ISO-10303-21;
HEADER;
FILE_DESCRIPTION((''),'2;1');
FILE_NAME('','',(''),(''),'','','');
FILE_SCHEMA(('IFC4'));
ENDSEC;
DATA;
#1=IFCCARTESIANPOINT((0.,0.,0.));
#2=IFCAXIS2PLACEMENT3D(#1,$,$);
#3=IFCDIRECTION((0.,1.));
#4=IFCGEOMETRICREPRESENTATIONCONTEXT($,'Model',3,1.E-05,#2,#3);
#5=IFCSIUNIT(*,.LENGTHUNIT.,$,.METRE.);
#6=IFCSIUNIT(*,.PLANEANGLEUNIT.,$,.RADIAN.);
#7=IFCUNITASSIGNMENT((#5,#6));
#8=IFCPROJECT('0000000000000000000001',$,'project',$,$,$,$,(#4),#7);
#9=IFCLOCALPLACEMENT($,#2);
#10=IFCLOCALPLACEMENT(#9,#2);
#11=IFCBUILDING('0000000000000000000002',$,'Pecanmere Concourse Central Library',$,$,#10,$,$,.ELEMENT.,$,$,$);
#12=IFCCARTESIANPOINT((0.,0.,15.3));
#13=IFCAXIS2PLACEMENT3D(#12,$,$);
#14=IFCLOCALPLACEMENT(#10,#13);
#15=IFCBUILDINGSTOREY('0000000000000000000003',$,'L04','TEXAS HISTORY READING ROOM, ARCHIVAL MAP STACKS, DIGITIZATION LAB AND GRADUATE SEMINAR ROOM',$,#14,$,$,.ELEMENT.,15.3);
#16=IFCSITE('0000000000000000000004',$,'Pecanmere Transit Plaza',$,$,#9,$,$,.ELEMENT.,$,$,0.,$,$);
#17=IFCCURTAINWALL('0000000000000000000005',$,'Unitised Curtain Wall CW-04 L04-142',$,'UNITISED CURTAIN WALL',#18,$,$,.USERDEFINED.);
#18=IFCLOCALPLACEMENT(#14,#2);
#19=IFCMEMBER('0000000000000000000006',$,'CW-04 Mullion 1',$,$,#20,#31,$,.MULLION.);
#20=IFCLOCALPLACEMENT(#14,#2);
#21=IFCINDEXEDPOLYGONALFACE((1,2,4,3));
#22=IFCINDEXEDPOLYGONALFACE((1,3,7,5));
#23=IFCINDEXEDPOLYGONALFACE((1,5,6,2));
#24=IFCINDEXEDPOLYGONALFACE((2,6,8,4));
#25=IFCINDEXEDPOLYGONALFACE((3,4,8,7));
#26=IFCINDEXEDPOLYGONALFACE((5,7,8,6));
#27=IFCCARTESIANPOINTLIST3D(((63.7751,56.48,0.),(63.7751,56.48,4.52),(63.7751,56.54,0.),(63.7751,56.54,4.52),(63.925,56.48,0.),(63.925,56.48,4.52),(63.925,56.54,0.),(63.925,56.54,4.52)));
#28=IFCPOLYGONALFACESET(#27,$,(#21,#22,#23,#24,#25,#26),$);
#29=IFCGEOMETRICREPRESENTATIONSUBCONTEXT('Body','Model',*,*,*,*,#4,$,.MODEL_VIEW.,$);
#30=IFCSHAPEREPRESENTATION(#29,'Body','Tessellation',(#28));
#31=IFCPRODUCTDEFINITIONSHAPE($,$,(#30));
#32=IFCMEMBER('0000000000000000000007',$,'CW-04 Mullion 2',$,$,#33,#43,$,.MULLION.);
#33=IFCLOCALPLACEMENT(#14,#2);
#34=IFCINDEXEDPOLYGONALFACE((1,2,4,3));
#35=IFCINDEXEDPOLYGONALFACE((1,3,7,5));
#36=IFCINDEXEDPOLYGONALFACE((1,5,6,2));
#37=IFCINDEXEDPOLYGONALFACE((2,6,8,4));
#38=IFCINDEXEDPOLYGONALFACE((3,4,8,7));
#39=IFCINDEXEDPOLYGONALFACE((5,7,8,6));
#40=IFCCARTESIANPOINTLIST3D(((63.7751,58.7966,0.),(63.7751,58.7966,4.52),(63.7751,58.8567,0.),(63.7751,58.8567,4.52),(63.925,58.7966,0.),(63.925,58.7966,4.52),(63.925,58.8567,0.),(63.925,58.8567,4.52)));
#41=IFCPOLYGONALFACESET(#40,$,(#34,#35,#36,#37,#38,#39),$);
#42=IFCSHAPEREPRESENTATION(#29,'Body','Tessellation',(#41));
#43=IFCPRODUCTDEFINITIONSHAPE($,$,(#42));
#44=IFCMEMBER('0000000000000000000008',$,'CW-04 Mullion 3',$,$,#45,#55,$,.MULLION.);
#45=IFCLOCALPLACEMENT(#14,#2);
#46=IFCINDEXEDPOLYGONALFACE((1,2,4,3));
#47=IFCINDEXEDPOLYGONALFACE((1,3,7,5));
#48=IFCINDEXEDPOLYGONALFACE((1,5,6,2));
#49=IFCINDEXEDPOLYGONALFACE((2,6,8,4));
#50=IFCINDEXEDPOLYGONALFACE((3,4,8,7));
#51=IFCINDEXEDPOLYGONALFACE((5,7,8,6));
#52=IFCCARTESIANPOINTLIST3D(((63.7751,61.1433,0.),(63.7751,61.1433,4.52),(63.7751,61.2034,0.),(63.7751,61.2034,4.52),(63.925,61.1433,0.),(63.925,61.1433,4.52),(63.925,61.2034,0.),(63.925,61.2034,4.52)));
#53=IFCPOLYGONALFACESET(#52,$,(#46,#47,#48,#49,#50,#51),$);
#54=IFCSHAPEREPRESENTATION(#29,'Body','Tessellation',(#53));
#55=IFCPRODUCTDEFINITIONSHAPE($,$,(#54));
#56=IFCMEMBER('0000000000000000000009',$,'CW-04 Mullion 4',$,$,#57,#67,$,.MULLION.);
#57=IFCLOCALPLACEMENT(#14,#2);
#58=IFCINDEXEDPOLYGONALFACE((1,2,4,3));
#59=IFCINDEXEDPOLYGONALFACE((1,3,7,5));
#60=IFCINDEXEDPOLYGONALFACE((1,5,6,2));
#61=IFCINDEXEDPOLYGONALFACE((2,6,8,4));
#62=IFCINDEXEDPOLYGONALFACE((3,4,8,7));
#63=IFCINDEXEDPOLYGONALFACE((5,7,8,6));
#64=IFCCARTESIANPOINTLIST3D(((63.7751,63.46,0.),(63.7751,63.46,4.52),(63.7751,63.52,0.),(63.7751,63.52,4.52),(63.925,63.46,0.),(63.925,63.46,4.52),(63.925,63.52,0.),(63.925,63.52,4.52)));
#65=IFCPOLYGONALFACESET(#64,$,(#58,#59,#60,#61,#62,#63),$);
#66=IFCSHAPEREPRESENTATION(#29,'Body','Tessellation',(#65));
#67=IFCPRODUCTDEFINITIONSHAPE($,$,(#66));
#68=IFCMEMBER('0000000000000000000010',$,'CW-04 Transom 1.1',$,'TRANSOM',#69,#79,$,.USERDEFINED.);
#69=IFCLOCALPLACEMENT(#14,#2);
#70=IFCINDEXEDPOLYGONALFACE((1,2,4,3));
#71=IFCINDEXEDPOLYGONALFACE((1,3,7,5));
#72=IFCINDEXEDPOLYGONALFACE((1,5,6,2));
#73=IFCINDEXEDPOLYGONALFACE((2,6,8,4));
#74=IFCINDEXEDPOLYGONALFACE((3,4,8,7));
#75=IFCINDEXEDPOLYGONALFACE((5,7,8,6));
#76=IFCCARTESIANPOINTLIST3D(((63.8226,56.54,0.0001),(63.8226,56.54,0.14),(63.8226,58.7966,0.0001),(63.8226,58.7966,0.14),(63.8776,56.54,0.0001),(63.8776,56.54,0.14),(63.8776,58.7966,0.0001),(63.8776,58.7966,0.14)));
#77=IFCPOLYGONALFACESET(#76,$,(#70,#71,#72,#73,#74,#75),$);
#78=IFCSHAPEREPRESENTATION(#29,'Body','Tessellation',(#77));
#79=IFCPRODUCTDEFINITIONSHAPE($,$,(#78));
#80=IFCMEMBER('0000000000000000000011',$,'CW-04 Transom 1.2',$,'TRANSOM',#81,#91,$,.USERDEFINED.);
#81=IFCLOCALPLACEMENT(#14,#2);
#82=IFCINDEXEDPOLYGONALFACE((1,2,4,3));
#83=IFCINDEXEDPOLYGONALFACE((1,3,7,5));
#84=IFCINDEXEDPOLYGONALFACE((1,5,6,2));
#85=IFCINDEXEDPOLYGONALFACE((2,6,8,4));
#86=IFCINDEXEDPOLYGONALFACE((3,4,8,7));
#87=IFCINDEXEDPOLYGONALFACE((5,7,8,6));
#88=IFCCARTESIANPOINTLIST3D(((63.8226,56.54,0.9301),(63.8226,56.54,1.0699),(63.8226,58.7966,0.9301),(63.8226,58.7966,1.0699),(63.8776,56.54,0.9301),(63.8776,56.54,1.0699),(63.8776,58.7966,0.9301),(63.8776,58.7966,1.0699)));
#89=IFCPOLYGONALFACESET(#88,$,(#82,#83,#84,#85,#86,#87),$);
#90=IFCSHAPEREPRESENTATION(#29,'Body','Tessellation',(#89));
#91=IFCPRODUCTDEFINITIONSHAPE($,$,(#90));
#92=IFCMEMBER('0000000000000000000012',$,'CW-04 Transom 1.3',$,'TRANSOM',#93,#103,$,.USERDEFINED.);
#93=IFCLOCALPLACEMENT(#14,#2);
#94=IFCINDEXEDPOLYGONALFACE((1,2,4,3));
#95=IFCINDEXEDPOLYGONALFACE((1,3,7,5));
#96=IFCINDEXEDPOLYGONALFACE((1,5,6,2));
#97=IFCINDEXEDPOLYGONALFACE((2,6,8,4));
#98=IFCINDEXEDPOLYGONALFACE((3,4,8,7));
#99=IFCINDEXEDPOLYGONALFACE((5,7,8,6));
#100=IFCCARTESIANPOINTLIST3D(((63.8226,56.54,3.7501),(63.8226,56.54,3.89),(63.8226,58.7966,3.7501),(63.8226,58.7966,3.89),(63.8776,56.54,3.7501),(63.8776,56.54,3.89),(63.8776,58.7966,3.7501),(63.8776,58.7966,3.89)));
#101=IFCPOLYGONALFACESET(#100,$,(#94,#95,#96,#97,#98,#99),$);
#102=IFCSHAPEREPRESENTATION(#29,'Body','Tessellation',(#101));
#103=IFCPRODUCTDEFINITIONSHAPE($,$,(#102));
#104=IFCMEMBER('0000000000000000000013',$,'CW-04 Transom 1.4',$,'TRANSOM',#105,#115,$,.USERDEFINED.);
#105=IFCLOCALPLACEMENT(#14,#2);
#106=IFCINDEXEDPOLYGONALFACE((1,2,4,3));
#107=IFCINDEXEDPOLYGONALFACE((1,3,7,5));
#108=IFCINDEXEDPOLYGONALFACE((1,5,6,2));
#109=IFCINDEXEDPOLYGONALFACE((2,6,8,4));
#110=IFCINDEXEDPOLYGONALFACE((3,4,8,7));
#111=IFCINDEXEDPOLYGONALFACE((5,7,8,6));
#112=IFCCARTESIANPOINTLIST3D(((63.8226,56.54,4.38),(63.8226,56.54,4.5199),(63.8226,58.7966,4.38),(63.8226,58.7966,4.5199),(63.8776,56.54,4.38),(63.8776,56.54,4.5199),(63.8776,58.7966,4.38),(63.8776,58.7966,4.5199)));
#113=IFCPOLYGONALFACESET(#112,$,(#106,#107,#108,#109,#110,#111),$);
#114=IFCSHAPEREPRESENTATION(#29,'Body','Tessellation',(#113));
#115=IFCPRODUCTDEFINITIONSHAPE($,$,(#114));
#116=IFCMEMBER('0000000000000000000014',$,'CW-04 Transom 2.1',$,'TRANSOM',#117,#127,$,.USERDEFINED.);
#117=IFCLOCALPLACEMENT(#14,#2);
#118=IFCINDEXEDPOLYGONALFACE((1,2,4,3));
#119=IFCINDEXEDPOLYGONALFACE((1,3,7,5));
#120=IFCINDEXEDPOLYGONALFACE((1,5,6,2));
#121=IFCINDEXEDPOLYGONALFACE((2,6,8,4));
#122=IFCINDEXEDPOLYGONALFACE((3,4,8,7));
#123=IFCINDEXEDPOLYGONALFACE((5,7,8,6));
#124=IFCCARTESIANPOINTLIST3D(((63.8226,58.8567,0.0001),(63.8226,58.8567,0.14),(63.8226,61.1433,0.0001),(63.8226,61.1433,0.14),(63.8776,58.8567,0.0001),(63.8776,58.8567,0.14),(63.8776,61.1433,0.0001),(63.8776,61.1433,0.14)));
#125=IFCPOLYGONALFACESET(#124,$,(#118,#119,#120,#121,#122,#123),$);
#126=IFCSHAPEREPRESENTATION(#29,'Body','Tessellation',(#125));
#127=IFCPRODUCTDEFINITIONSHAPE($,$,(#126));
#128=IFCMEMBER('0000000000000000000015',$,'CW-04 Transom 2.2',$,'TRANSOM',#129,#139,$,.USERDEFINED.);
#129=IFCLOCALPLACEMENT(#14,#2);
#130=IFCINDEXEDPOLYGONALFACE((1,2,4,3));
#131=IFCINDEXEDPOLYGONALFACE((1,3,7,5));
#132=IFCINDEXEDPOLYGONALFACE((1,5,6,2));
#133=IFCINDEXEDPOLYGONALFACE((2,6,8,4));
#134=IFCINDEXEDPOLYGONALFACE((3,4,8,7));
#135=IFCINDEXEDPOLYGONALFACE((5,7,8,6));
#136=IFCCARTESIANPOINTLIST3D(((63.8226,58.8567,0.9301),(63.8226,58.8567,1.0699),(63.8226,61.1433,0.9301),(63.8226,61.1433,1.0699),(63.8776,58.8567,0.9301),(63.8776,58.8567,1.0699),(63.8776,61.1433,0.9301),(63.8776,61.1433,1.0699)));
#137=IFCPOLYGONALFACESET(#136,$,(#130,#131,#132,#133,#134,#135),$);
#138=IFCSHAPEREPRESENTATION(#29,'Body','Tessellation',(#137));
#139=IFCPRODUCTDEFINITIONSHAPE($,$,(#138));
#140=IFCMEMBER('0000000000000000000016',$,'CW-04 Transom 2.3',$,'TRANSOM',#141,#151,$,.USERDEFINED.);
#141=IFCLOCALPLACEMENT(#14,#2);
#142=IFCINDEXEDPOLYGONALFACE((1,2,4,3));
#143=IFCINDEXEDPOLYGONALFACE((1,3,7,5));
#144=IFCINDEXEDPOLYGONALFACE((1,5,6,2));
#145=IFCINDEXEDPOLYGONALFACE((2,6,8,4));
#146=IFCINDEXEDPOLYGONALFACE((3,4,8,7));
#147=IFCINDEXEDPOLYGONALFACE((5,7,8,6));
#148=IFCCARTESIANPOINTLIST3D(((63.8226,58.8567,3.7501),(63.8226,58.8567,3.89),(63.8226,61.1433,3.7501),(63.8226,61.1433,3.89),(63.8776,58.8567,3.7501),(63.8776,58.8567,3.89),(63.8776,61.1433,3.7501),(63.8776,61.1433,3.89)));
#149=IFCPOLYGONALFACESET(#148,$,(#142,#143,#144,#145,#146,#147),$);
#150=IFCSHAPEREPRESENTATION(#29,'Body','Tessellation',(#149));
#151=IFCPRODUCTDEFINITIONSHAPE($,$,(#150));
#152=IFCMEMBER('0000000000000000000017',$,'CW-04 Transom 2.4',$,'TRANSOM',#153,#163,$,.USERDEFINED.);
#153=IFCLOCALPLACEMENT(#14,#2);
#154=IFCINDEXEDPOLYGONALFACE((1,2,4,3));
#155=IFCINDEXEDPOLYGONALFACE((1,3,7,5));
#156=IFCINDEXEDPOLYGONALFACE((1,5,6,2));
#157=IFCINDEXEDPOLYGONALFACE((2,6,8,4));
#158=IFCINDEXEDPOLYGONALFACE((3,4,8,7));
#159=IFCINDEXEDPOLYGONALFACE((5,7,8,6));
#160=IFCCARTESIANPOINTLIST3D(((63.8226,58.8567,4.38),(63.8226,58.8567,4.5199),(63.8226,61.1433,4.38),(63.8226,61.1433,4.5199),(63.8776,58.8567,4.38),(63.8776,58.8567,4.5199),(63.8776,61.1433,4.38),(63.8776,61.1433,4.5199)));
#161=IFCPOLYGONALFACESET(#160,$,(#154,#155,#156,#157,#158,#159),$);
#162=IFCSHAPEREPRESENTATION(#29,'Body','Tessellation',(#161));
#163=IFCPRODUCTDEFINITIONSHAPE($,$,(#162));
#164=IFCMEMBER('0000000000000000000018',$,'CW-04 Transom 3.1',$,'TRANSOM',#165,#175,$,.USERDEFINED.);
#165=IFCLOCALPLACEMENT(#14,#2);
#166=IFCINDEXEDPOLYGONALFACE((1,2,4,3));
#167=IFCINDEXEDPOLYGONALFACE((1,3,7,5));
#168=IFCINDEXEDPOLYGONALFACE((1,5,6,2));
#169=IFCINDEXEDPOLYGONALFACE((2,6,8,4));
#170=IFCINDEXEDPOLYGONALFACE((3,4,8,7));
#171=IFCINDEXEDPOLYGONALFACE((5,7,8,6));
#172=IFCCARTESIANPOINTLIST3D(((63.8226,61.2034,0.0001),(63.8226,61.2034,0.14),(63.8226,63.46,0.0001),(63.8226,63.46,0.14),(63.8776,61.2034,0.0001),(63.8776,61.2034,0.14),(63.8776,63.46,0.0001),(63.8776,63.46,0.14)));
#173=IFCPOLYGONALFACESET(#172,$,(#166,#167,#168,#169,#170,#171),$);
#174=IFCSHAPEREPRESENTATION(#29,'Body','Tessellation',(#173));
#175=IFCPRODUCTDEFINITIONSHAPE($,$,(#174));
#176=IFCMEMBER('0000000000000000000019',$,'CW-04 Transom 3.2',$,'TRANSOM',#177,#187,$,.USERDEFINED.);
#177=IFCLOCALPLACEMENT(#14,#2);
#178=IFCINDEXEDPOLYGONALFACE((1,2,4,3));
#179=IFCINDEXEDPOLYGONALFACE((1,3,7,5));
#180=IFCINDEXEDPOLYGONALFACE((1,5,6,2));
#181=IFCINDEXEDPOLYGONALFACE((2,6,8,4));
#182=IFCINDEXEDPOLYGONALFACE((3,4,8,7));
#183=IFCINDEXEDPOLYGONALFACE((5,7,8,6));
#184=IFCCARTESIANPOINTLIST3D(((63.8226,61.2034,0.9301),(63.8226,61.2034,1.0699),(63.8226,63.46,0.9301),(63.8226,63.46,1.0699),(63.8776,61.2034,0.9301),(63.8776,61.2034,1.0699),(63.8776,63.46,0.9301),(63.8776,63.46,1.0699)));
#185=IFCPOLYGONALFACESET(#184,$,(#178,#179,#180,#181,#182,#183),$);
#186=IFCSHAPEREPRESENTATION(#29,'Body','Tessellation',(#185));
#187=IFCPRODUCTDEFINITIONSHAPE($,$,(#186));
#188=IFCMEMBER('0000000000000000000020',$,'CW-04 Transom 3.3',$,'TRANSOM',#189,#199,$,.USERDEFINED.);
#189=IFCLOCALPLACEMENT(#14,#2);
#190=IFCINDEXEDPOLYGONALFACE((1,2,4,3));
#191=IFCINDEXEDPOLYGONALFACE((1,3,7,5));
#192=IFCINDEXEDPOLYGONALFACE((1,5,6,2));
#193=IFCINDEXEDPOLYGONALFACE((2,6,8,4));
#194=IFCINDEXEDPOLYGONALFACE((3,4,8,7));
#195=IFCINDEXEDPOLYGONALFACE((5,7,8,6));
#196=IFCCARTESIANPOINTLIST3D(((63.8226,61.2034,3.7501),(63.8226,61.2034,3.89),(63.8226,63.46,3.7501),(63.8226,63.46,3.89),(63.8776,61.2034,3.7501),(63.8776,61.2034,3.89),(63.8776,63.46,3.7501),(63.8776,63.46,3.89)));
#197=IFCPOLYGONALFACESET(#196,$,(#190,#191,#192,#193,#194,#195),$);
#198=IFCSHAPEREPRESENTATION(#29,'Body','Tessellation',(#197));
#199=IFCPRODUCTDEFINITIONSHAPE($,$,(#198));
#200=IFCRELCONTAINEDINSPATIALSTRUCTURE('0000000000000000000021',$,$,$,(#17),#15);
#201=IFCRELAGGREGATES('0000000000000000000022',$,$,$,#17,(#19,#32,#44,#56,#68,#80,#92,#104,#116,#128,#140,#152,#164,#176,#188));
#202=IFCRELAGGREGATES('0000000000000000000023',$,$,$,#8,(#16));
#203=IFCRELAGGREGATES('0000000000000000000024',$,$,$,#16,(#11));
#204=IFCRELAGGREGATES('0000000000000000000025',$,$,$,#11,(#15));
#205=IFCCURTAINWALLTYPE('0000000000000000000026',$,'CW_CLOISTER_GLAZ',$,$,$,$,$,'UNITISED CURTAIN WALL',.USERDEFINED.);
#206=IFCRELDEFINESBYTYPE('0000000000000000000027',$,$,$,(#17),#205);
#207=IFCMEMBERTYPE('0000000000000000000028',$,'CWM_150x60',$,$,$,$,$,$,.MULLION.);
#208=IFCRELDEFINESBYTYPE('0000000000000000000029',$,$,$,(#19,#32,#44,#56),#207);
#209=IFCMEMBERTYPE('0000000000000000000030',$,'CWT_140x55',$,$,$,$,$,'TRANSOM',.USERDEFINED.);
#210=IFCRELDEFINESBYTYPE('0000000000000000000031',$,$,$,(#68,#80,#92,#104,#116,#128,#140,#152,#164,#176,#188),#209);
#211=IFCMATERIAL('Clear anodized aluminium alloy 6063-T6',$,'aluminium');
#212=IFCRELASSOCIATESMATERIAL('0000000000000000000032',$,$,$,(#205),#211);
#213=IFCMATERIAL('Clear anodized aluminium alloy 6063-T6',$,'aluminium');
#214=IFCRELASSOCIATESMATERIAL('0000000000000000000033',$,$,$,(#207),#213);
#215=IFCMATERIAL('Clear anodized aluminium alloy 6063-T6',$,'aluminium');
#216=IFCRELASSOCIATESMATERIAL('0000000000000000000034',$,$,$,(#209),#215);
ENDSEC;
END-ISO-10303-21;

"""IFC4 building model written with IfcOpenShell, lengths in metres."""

from ifc_helpers import new_model, si_unit, direction, frame, origin, origin_2d, place, context, subcontext, project, spatial, rectangle, extrude, material, material_profile, profile_set, type_object, element, aggregate, save


model = new_model("IFC4")

# Units and contexts
model_context = context("Model", 3, precision=1e-05, world=origin(), true_north=direction((0.0, 1.0)))
body_context = subcontext(model_context, "Body", "Model", "MODEL_VIEW")
ifc_project = project(units=[si_unit("LENGTHUNIT", "METRE"), si_unit("PLANEANGLEUNIT", "RADIAN")], contexts=[model_context])

# Site, building, storey
site_placement = place(None, origin())
site = spatial("IfcSite", under=ifc_project, at=site_placement, Name="Pecanmere Transit Plaza", CompositionType="ELEMENT", RefElevation=0.0)
building_placement = place(site_placement, origin())
building = spatial("IfcBuilding", under=site, at=building_placement, Name="Pecanmere Concourse Central Library", CompositionType="ELEMENT")
storey_placement = place(building_placement, frame((0.0, 0.0, 15.3)))
storey = spatial("IfcBuildingStorey", under=building, at=storey_placement, Name="L04", Description="TEXAS HISTORY READING ROOM, ARCHIVAL MAP STACKS, DIGITIZATION LAB AND GRADUATE SEMINAR ROOM", CompositionType="ELEMENT", Elevation=15.3)

# Curtain wall, members
ifc_material_1 = material(Name="Clear anodized aluminium alloy 6063-T6", Category="aluminium")
curtain_wall_type = type_object("IfcCurtainWallType", Name="CW_CLOISTER_GLAZ", ElementType="UNITISED CURTAIN WALL", PredefinedType="USERDEFINED", material=ifc_material_1)
curtain_wall_placement = place(storey_placement, origin())
curtain_wall = element("IfcCurtainWall", 1, at=curtain_wall_placement, inside=storey, type_object=curtain_wall_type, Name="Unitised Curtain Wall CW-04 L04-142", ObjectType="UNITISED CURTAIN WALL", PredefinedType="USERDEFINED")
ifc_material_2 = material(Name="Clear anodized aluminium alloy 6063-T6", Category="aluminium")
ifc_material_profile_1 = material_profile(ifc_material_2, rectangle(XDim=0.0601, YDim=0.1499, at=origin_2d()), Name="AL 60x150")
ifc_profile_set_1 = profile_set([ifc_material_profile_1], Name="Clear anodized aluminium alloy 6063-T6")
member_type_1 = type_object("IfcMemberType", Name="CWM_150x60", PredefinedType="MULLION", material=ifc_profile_set_1)
member_1_placement = place(storey_placement, frame((63.8501, 56.51, 0.0), z_axis=(0.0, 0.0, 1.0), x_axis=(0.0, 1.0, 0.0)))
member_1 = element("IfcMember", 2, at=member_1_placement, type_object=member_type_1, Name="CW-04 Mullion 1", PredefinedType="MULLION", context=body_context, shape_type="SweptSolid", body=[
    extrude(rectangle(XDim=0.0601, YDim=0.1499, at=origin_2d()), origin(), (0.0, 0.0, 1.0), 4.52),
])
member_2_placement = place(storey_placement, frame((63.8501, 58.8267, 0.0), z_axis=(0.0, 0.0, 1.0), x_axis=(0.0, 1.0, 0.0)))
member_2 = element("IfcMember", 3, at=member_2_placement, type_object=member_type_1, Name="CW-04 Mullion 2", PredefinedType="MULLION", context=body_context, shape_type="SweptSolid", body=[
    extrude(rectangle(XDim=0.0601, YDim=0.1499, at=origin_2d()), origin(), (0.0, 0.0, 1.0), 4.52),
])
member_3_placement = place(storey_placement, frame((63.8501, 61.1733, 0.0), z_axis=(0.0, 0.0, 1.0), x_axis=(0.0, 1.0, 0.0)))
member_3 = element("IfcMember", 4, at=member_3_placement, type_object=member_type_1, Name="CW-04 Mullion 3", PredefinedType="MULLION", context=body_context, shape_type="SweptSolid", body=[
    extrude(rectangle(XDim=0.0601, YDim=0.1499, at=origin_2d()), origin(), (0.0, 0.0, 1.0), 4.52),
])
member_4_placement = place(storey_placement, frame((63.8501, 63.49, 0.0), z_axis=(0.0, 0.0, 1.0), x_axis=(0.0, 1.0, 0.0)))
member_4 = element("IfcMember", 5, at=member_4_placement, type_object=member_type_1, Name="CW-04 Mullion 4", PredefinedType="MULLION", context=body_context, shape_type="SweptSolid", body=[
    extrude(rectangle(XDim=0.0601, YDim=0.1499, at=origin_2d()), origin(), (0.0, 0.0, 1.0), 4.52),
])
ifc_material_3 = material(Name="Clear anodized aluminium alloy 6063-T6", Category="aluminium")
ifc_material_profile_2 = material_profile(ifc_material_3, rectangle(XDim=0.0549, YDim=0.1399, at=origin_2d()), Name="AL 55x140")
ifc_profile_set_2 = profile_set([ifc_material_profile_2], Name="Clear anodized aluminium alloy 6063-T6")
member_type_2 = type_object("IfcMemberType", Name="CWT_140x55", ElementType="TRANSOM", PredefinedType="USERDEFINED", material=ifc_profile_set_2)
member_5_placement = place(storey_placement, frame((63.8501, 56.54, 0.0701), z_axis=(0.0, 1.0, 0.0), x_axis=(-1.0, 0.0, 0.0)))
member_5 = element("IfcMember", 6, at=member_5_placement, type_object=member_type_2, Name="CW-04 Transom 1.1", ObjectType="TRANSOM", PredefinedType="USERDEFINED", context=body_context, shape_type="SweptSolid", body=[
    extrude(rectangle(XDim=0.0549, YDim=0.1399, at=origin_2d()), origin(), (0.0, 0.0, 1.0), 2.2566),
])
member_6_placement = place(storey_placement, frame((63.8501, 56.54, 1.0), z_axis=(0.0, 1.0, 0.0), x_axis=(-1.0, 0.0, 0.0)))
member_6 = element("IfcMember", 7, at=member_6_placement, type_object=member_type_2, Name="CW-04 Transom 1.2", ObjectType="TRANSOM", PredefinedType="USERDEFINED", context=body_context, shape_type="SweptSolid", body=[
    extrude(rectangle(XDim=0.0549, YDim=0.1399, at=origin_2d()), origin(), (0.0, 0.0, 1.0), 2.2566),
])
member_7_placement = place(storey_placement, frame((63.8501, 56.54, 3.8201), z_axis=(0.0, 1.0, 0.0), x_axis=(-1.0, 0.0, 0.0)))
member_7 = element("IfcMember", 8, at=member_7_placement, type_object=member_type_2, Name="CW-04 Transom 1.3", ObjectType="TRANSOM", PredefinedType="USERDEFINED", context=body_context, shape_type="SweptSolid", body=[
    extrude(rectangle(XDim=0.0549, YDim=0.1399, at=origin_2d()), origin(), (0.0, 0.0, 1.0), 2.2566),
])
member_8_placement = place(storey_placement, frame((63.8501, 56.54, 4.45), z_axis=(0.0, 1.0, 0.0), x_axis=(-1.0, 0.0, 0.0)))
member_8 = element("IfcMember", 9, at=member_8_placement, type_object=member_type_2, Name="CW-04 Transom 1.4", ObjectType="TRANSOM", PredefinedType="USERDEFINED", context=body_context, shape_type="SweptSolid", body=[
    extrude(rectangle(XDim=0.0549, YDim=0.1399, at=origin_2d()), origin(), (0.0, 0.0, 1.0), 2.2566),
])
member_9_placement = place(storey_placement, frame((63.8501, 58.8567, 0.0701), z_axis=(0.0, 1.0, 0.0), x_axis=(-1.0, 0.0, 0.0)))
member_9 = element("IfcMember", 10, at=member_9_placement, type_object=member_type_2, Name="CW-04 Transom 2.1", ObjectType="TRANSOM", PredefinedType="USERDEFINED", context=body_context, shape_type="SweptSolid", body=[
    extrude(rectangle(XDim=0.0549, YDim=0.1399, at=origin_2d()), origin(), (0.0, 0.0, 1.0), 2.2866),
])
member_10_placement = place(storey_placement, frame((63.8501, 58.8567, 1.0), z_axis=(0.0, 1.0, 0.0), x_axis=(-1.0, 0.0, 0.0)))
member_10 = element("IfcMember", 11, at=member_10_placement, type_object=member_type_2, Name="CW-04 Transom 2.2", ObjectType="TRANSOM", PredefinedType="USERDEFINED", context=body_context, shape_type="SweptSolid", body=[
    extrude(rectangle(XDim=0.0549, YDim=0.1399, at=origin_2d()), origin(), (0.0, 0.0, 1.0), 2.2866),
])
member_11_placement = place(storey_placement, frame((63.8501, 58.8567, 3.8201), z_axis=(0.0, 1.0, 0.0), x_axis=(-1.0, 0.0, 0.0)))
member_11 = element("IfcMember", 12, at=member_11_placement, type_object=member_type_2, Name="CW-04 Transom 2.3", ObjectType="TRANSOM", PredefinedType="USERDEFINED", context=body_context, shape_type="SweptSolid", body=[
    extrude(rectangle(XDim=0.0549, YDim=0.1399, at=origin_2d()), origin(), (0.0, 0.0, 1.0), 2.2866),
])
member_12_placement = place(storey_placement, frame((63.8501, 58.8567, 4.45), z_axis=(0.0, 1.0, 0.0), x_axis=(-1.0, 0.0, 0.0)))
member_12 = element("IfcMember", 13, at=member_12_placement, type_object=member_type_2, Name="CW-04 Transom 2.4", ObjectType="TRANSOM", PredefinedType="USERDEFINED", context=body_context, shape_type="SweptSolid", body=[
    extrude(rectangle(XDim=0.0549, YDim=0.1399, at=origin_2d()), origin(), (0.0, 0.0, 1.0), 2.2866),
])
member_13_placement = place(storey_placement, frame((63.8501, 61.2034, 0.0701), z_axis=(0.0, 1.0, 0.0), x_axis=(-1.0, 0.0, 0.0)))
member_13 = element("IfcMember", 14, at=member_13_placement, type_object=member_type_2, Name="CW-04 Transom 3.1", ObjectType="TRANSOM", PredefinedType="USERDEFINED", context=body_context, shape_type="SweptSolid", body=[
    extrude(rectangle(XDim=0.0549, YDim=0.1399, at=origin_2d()), origin(), (0.0, 0.0, 1.0), 2.2566),
])
member_14_placement = place(storey_placement, frame((63.8501, 61.2034, 1.0), z_axis=(0.0, 1.0, 0.0), x_axis=(-1.0, 0.0, 0.0)))
member_14 = element("IfcMember", 15, at=member_14_placement, type_object=member_type_2, Name="CW-04 Transom 3.2", ObjectType="TRANSOM", PredefinedType="USERDEFINED", context=body_context, shape_type="SweptSolid", body=[
    extrude(rectangle(XDim=0.0549, YDim=0.1399, at=origin_2d()), origin(), (0.0, 0.0, 1.0), 2.2566),
])
member_15_placement = place(storey_placement, frame((63.8501, 61.2034, 3.8201), z_axis=(0.0, 1.0, 0.0), x_axis=(-1.0, 0.0, 0.0)))
member_15 = element("IfcMember", 16, at=member_15_placement, type_object=member_type_2, Name="CW-04 Transom 3.3", ObjectType="TRANSOM", PredefinedType="USERDEFINED", context=body_context, shape_type="SweptSolid", body=[
    extrude(rectangle(XDim=0.0549, YDim=0.1399, at=origin_2d()), origin(), (0.0, 0.0, 1.0), 2.2566),
])
aggregate(curtain_wall, [member_1, member_2, member_3, member_4, member_5, member_6, member_7, member_8, member_9, member_10, member_11, member_12, member_13, member_14, member_15])

save(model, "model.ifc")
